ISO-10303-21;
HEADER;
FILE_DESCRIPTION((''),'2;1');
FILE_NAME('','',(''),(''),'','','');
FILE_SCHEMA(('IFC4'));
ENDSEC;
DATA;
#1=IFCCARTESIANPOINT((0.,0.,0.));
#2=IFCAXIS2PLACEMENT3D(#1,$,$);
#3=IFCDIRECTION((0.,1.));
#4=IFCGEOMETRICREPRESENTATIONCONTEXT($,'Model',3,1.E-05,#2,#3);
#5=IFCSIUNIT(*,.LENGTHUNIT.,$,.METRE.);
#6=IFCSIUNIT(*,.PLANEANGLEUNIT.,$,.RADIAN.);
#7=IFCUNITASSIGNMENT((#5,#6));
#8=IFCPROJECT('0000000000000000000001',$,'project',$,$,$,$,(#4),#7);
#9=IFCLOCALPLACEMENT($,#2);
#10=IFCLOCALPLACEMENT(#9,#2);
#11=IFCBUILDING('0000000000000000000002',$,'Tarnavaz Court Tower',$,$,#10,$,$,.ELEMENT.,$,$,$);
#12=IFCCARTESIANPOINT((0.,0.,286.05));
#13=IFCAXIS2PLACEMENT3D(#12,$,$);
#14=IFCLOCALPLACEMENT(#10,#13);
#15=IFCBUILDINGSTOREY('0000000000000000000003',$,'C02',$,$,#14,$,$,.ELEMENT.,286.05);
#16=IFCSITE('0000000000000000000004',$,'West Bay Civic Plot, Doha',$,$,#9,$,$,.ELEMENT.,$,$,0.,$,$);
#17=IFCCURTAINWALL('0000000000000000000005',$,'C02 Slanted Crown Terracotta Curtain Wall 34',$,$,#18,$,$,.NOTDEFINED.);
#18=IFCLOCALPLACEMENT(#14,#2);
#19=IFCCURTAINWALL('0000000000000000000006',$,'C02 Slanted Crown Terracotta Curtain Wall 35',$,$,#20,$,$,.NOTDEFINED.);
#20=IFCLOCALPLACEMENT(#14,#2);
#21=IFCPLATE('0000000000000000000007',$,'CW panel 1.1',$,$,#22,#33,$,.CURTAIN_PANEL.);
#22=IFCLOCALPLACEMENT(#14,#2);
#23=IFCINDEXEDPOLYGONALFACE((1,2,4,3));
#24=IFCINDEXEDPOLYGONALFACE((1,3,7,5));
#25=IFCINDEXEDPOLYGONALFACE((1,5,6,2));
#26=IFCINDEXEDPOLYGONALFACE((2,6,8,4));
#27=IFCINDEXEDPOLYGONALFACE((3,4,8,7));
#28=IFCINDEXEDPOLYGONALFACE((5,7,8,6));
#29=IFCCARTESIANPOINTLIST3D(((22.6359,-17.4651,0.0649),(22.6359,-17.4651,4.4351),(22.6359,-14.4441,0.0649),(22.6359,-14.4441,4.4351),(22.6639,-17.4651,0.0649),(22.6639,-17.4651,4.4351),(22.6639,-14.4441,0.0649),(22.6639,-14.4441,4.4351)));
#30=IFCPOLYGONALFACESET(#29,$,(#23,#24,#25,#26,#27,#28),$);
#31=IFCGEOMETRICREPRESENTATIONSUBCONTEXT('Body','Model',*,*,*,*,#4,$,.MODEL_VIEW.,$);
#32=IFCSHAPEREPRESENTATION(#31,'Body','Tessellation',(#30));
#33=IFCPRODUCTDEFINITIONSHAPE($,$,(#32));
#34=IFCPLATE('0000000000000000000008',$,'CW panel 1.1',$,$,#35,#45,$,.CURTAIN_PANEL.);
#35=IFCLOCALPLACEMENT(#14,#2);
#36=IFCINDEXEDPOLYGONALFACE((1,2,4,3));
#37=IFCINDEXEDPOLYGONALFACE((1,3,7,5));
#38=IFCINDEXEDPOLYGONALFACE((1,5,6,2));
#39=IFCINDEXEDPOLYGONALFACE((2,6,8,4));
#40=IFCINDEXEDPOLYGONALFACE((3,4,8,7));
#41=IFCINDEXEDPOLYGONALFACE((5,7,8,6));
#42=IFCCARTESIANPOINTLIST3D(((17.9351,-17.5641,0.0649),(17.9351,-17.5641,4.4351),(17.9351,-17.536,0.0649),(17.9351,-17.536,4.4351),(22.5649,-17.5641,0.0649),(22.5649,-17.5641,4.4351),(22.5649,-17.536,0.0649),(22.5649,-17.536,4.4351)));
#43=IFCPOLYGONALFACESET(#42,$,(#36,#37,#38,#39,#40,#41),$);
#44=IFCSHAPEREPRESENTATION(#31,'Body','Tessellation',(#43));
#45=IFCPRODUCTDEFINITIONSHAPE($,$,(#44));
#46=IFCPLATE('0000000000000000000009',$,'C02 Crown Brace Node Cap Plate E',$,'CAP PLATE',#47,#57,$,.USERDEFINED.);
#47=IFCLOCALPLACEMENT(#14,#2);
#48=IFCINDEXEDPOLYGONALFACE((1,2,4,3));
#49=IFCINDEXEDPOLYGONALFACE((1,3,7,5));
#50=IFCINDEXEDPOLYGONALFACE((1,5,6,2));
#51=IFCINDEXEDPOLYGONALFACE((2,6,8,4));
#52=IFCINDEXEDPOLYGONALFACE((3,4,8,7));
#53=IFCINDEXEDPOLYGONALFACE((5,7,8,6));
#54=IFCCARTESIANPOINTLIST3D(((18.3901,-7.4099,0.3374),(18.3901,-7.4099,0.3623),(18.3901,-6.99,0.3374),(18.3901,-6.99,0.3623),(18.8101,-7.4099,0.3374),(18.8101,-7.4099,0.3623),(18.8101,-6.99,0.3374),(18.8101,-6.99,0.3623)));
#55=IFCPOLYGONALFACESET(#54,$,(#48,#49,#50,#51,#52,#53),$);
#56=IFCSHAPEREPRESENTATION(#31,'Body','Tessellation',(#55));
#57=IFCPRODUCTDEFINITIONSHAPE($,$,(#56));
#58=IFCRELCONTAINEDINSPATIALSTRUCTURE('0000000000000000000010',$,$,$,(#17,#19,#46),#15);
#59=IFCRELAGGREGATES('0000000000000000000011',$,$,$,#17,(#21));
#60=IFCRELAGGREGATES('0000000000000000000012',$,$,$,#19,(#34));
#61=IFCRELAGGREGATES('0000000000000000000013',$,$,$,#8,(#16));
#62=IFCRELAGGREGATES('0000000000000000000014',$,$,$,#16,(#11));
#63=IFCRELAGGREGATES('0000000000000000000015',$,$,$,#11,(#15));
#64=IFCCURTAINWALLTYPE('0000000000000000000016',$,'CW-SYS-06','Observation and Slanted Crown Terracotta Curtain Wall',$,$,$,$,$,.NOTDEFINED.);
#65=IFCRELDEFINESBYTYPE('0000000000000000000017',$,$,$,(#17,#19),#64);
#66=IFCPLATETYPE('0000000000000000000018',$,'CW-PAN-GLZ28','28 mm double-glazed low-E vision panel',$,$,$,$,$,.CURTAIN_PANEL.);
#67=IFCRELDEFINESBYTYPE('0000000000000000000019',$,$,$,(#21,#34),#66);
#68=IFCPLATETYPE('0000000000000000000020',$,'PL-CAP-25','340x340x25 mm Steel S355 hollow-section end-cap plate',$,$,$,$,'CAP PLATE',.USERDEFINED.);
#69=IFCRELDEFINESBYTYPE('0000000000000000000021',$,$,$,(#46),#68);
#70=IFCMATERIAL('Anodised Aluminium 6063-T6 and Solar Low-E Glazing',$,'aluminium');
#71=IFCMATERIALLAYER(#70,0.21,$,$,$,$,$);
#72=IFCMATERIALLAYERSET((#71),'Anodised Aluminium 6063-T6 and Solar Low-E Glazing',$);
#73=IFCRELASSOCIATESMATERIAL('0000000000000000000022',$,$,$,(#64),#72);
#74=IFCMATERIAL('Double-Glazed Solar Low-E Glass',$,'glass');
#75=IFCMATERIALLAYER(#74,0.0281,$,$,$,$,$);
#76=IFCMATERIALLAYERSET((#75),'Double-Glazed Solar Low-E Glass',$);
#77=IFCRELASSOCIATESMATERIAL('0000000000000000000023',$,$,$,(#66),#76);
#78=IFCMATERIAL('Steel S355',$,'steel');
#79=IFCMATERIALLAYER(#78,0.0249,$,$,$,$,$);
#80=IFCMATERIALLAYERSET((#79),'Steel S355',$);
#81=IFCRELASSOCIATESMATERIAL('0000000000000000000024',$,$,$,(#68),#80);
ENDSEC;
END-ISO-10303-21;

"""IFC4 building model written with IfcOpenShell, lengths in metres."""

from ifc_helpers import new_model, si_unit, direction, frame, origin, origin_2d, place, context, subcontext, project, spatial, rectangle, extrude, material, layer, layer_set, type_object, element, aggregate, save


model = new_model("IFC4")

# Units and contexts
model_context = context("Model", 3, precision=1e-05, world=origin(), true_north=direction((0.0, 1.0)))
body_context = subcontext(model_context, "Body", "Model", "MODEL_VIEW")
ifc_project = project(units=[si_unit("LENGTHUNIT", "METRE"), si_unit("PLANEANGLEUNIT", "RADIAN")], contexts=[model_context])

# Site, building, storey
site_placement = place(None, origin())
site = spatial("IfcSite", under=ifc_project, at=site_placement, Name="West Bay Civic Plot, Doha", CompositionType="ELEMENT", RefElevation=0.0)
building_placement = place(site_placement, origin())
building = spatial("IfcBuilding", under=site, at=building_placement, Name="Tarnavaz Court Tower", CompositionType="ELEMENT")
storey_placement = place(building_placement, frame((0.0, 0.0, 286.05)))
storey = spatial("IfcBuildingStorey", under=building, at=storey_placement, Name="C02", CompositionType="ELEMENT", Elevation=286.05)

# Shared definitions
ifc_material_1 = material(Name="Steel S355", Category="steel")

# Shared definitions
ifc_material_2 = material(Name="Anodised Aluminium 6063-T6 and Solar Low-E Glazing", Category="aluminium")
ifc_layer_1 = layer(ifc_material_2, 0.21)
ifc_layer_set_1 = layer_set([ifc_layer_1], Name="Anodised Aluminium 6063-T6 and Solar Low-E Glazing")
curtain_wall_type = type_object("IfcCurtainWallType", Name="CW-SYS-06", Description="Observation and Slanted Crown Terracotta Curtain Wall", PredefinedType="NOTDEFINED", material=ifc_layer_set_1)

# Curtain wall
curtain_wall_1_placement = place(storey_placement, origin())
curtain_wall_1 = element("IfcCurtainWall", 1, at=curtain_wall_1_placement, inside=storey, type_object=curtain_wall_type, Name="C02 Slanted Crown Terracotta Curtain Wall 34", PredefinedType="NOTDEFINED")

# Curtain wall
curtain_wall_2_placement = place(storey_placement, origin())
curtain_wall_2 = element("IfcCurtainWall", 2, at=curtain_wall_2_placement, inside=storey, type_object=curtain_wall_type, Name="C02 Slanted Crown Terracotta Curtain Wall 35", PredefinedType="NOTDEFINED")

# Plates
ifc_material_3 = material(Name="Double-Glazed Solar Low-E Glass", Category="glass")
ifc_layer_2 = layer(ifc_material_3, 0.0281)
ifc_layer_set_2 = layer_set([ifc_layer_2], Name="Double-Glazed Solar Low-E Glass")
plate_type_1 = type_object("IfcPlateType", Name="CW-PAN-GLZ28", Description="28 mm double-glazed low-E vision panel", PredefinedType="CURTAIN_PANEL", material=ifc_layer_set_2)
plate_1_placement = place(storey_placement, frame((22.6499, -15.9546, 0.0649), z_axis=(0.0, 0.0, 1.0), x_axis=(0.0, -1.0, 0.0)))
plate_1 = element("IfcPlate", 3, at=plate_1_placement, type_object=plate_type_1, Name="CW panel 1.1", PredefinedType="CURTAIN_PANEL", context=body_context, shape_type="SweptSolid", body=[
    extrude(rectangle(XDim=3.021, YDim=0.0281, at=origin_2d()), origin(), (0.0, 0.0, 1.0), 4.3701),
])
aggregate(curtain_wall_1, [plate_1])
plate_2_placement = place(storey_placement, frame((20.25, -17.55, 0.0649), z_axis=(0.0, 0.0, 1.0), x_axis=(-1.0, 0.0, 0.0)))
plate_2 = element("IfcPlate", 4, at=plate_2_placement, type_object=plate_type_1, Name="CW panel 1.1", PredefinedType="CURTAIN_PANEL", context=body_context, shape_type="SweptSolid", body=[
    extrude(rectangle(XDim=4.6299, YDim=0.0281, at=origin_2d()), origin(), (0.0, 0.0, 1.0), 4.3701),
])
aggregate(curtain_wall_2, [plate_2])
ifc_layer_3 = layer(ifc_material_1, 0.0249)
ifc_layer_set_3 = layer_set([ifc_layer_3], Name="Steel S355")
plate_type_2 = type_object("IfcPlateType", Name="PL-CAP-25", Description="340x340x25 mm Steel S355 hollow-section end-cap plate", ElementType="CAP PLATE", PredefinedType="USERDEFINED", material=ifc_layer_set_3)
plate_3_placement = place(storey_placement, frame((18.6001, -7.2, 0.3374), z_axis=(0.0, 0.0, 1.0), x_axis=(1.0, 0.0, 0.0)))
element("IfcPlate", 5, at=plate_3_placement, inside=storey, type_object=plate_type_2, Name="C02 Crown Brace Node Cap Plate E", ObjectType="CAP PLATE", PredefinedType="USERDEFINED", context=body_context, shape_type="SweptSolid", body=[
    extrude(rectangle(XDim=0.4199, YDim=0.4199, at=origin_2d()), origin(), (0.0, 0.0, 1.0), 0.0249),
])

save(model, "model.ifc")
